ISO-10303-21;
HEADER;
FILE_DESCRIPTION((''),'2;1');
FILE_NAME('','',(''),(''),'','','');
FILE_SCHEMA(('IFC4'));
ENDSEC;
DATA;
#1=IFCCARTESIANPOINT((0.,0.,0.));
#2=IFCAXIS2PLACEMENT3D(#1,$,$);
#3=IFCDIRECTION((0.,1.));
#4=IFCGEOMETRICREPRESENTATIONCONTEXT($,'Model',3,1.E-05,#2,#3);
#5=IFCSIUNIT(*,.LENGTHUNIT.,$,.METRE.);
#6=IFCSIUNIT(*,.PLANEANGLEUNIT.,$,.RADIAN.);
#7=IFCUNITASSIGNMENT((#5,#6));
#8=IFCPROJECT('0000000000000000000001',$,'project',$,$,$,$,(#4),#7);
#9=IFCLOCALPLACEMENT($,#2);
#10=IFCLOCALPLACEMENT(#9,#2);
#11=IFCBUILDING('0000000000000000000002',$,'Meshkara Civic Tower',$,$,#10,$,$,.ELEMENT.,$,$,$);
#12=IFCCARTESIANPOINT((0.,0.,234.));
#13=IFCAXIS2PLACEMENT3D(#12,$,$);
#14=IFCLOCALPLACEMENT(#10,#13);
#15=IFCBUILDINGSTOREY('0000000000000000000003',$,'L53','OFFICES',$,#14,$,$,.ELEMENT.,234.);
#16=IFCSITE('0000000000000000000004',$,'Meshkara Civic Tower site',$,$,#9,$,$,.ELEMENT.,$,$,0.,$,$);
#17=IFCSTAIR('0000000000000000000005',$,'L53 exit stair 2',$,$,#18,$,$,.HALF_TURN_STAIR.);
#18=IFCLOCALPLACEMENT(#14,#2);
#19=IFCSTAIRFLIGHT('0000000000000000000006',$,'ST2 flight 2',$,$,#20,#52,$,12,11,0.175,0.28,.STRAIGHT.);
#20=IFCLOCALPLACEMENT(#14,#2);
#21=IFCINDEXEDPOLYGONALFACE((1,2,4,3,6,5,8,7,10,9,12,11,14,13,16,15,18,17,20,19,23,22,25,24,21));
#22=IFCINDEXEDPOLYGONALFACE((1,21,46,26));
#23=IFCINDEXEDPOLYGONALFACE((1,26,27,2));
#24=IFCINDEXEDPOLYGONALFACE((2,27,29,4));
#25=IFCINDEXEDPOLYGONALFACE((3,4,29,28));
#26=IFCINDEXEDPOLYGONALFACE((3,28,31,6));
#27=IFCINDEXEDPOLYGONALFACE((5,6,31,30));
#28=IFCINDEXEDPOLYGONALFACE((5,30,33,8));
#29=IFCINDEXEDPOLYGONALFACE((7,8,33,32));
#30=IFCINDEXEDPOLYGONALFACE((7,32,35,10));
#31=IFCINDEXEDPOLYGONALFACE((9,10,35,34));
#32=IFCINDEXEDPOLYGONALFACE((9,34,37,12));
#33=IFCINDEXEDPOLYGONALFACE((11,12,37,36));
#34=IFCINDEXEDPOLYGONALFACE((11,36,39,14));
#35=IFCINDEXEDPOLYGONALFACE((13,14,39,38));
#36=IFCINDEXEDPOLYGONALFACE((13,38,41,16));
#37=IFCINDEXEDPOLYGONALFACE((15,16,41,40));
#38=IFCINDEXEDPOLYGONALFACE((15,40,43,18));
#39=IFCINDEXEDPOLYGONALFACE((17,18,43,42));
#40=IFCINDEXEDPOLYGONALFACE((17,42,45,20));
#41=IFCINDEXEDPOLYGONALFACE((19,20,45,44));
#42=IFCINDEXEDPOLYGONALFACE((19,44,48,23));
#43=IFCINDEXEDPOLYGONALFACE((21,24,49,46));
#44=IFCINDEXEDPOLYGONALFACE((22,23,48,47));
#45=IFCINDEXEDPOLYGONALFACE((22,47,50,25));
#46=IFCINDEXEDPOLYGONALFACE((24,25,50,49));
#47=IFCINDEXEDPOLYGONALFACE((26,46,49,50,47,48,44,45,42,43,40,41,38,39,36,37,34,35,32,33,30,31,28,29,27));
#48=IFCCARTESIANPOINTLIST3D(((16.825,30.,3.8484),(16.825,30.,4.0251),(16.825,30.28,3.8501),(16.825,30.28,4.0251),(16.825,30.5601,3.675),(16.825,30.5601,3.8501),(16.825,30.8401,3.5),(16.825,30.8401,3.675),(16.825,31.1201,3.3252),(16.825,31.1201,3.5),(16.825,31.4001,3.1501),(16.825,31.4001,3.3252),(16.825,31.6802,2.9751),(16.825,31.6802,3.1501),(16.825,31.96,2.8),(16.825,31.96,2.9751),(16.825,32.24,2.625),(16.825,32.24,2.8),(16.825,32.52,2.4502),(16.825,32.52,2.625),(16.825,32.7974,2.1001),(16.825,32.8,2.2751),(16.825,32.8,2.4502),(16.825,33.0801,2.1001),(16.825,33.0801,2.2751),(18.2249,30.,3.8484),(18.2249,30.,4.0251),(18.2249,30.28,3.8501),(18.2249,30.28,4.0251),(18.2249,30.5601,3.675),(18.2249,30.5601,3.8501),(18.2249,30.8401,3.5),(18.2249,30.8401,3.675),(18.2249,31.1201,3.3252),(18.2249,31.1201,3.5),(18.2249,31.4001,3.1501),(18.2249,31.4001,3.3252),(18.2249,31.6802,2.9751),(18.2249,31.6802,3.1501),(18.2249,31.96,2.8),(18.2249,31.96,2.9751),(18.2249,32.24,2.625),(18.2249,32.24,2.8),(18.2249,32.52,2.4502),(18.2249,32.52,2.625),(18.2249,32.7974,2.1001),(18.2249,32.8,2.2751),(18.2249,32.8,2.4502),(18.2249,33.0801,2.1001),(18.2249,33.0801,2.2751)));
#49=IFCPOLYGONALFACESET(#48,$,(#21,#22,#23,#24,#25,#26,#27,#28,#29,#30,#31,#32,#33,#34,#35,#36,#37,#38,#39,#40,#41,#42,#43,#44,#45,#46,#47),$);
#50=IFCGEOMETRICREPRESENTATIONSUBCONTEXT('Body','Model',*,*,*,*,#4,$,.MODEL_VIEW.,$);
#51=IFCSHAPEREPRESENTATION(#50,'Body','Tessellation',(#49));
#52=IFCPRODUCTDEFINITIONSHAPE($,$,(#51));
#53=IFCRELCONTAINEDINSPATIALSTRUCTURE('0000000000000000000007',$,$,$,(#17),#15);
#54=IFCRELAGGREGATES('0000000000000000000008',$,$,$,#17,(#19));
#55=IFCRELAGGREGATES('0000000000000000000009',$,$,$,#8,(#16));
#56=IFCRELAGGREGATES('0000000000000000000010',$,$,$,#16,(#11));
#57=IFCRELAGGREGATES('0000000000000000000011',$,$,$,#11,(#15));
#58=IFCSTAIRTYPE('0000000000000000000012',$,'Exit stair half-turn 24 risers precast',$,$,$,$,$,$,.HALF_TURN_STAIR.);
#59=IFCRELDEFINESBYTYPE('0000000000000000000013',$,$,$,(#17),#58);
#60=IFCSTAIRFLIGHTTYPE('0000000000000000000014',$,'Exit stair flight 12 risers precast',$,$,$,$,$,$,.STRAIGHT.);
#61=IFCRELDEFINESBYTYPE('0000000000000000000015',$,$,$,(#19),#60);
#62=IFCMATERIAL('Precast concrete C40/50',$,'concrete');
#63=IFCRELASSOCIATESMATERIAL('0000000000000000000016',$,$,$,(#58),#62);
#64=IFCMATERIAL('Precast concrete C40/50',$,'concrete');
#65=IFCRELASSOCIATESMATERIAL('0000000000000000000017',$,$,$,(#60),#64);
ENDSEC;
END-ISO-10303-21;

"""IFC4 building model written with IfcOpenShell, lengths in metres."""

from ifc_helpers import new_model, si_unit, direction, frame, origin, place, context, subcontext, project, spatial, polyline, outline, extrude, material, type_object, element, aggregate, save


model = new_model("IFC4")

# Units and contexts
model_context = context("Model", 3, precision=1e-05, world=origin(), true_north=direction((0.0, 1.0)))
body_context = subcontext(model_context, "Body", "Model", "MODEL_VIEW")
ifc_project = project(units=[si_unit("LENGTHUNIT", "METRE"), si_unit("PLANEANGLEUNIT", "RADIAN")], contexts=[model_context])

# Site, building, storey
site_placement = place(None, origin())
site = spatial("IfcSite", under=ifc_project, at=site_placement, Name="Meshkara Civic Tower site", CompositionType="ELEMENT", RefElevation=0.0)
building_placement = place(site_placement, origin())
building = spatial("IfcBuilding", under=site, at=building_placement, Name="Meshkara Civic Tower", CompositionType="ELEMENT")
storey_placement = place(building_placement, frame((0.0, 0.0, 234.0)))
storey = spatial("IfcBuildingStorey", under=building, at=storey_placement, Name="L53", Description="OFFICES", CompositionType="ELEMENT", Elevation=234.0)

# Stair, stair flight
ifc_material_1 = material(Name="Precast concrete C40/50", Category="concrete")
stair_type = type_object("IfcStairType", Name="Exit stair half-turn 24 risers precast", PredefinedType="HALF_TURN_STAIR", material=ifc_material_1)
stair_placement = place(storey_placement, origin())
stair = element("IfcStair", 1, at=stair_placement, inside=storey, type_object=stair_type, Name="L53 exit stair 2", PredefinedType="HALF_TURN_STAIR")
ifc_material_2 = material(Name="Precast concrete C40/50", Category="concrete")
stair_flight_type = type_object("IfcStairFlightType", Name="Exit stair flight 12 risers precast", PredefinedType="STRAIGHT", material=ifc_material_2)
stair_flight_1_placement = place(storey_placement, frame((17.5249, 33.0801, 2.1001), z_axis=(0.0, 0.0, 1.0), x_axis=(0.0, -1.0, 0.0)))
stair_flight_1 = element("IfcStairFlight", 2, at=stair_flight_1_placement, type_object=stair_flight_type, Name="ST2 flight 2", NumberOfRisers=12, NumberOfTreads=11, PredefinedType="STRAIGHT", RiserHeight=0.175, TreadLength=0.28, context=body_context, shape_type="SweptSolid", body=[
    extrude(outline(polyline([(0.0, 0.0), (0.0, 0.175), (0.28, 0.175), (0.28, 0.3501), (0.5601, 0.3501), (0.5601, 0.5249), (0.8401, 0.5249), (0.8401, 0.7), (1.1201, 0.7), (1.1201, 0.875), (1.3999, 0.875), (1.3999, 1.05), (1.6799, 1.05), (1.6799, 1.2251), (1.96, 1.2251), (1.96, 1.3999), (2.24, 1.3999), (2.24, 1.575), (2.52, 1.575), (2.52, 1.75), (2.8, 1.75), (2.8, 1.925), (3.0801, 1.925), (3.0801, 2.1001), (3.0801, 1.7483), (0.2827, 0.0), (0.0, 0.0)])), frame((0.0, 0.7, 0.0), z_axis=(0.0, -1.0, 0.0), x_axis=(1.0, 0.0, 0.0)), (0.0, 0.0, 1.0), 1.3999),
])
aggregate(stair, [stair_flight_1])

save(model, "model.ifc")
